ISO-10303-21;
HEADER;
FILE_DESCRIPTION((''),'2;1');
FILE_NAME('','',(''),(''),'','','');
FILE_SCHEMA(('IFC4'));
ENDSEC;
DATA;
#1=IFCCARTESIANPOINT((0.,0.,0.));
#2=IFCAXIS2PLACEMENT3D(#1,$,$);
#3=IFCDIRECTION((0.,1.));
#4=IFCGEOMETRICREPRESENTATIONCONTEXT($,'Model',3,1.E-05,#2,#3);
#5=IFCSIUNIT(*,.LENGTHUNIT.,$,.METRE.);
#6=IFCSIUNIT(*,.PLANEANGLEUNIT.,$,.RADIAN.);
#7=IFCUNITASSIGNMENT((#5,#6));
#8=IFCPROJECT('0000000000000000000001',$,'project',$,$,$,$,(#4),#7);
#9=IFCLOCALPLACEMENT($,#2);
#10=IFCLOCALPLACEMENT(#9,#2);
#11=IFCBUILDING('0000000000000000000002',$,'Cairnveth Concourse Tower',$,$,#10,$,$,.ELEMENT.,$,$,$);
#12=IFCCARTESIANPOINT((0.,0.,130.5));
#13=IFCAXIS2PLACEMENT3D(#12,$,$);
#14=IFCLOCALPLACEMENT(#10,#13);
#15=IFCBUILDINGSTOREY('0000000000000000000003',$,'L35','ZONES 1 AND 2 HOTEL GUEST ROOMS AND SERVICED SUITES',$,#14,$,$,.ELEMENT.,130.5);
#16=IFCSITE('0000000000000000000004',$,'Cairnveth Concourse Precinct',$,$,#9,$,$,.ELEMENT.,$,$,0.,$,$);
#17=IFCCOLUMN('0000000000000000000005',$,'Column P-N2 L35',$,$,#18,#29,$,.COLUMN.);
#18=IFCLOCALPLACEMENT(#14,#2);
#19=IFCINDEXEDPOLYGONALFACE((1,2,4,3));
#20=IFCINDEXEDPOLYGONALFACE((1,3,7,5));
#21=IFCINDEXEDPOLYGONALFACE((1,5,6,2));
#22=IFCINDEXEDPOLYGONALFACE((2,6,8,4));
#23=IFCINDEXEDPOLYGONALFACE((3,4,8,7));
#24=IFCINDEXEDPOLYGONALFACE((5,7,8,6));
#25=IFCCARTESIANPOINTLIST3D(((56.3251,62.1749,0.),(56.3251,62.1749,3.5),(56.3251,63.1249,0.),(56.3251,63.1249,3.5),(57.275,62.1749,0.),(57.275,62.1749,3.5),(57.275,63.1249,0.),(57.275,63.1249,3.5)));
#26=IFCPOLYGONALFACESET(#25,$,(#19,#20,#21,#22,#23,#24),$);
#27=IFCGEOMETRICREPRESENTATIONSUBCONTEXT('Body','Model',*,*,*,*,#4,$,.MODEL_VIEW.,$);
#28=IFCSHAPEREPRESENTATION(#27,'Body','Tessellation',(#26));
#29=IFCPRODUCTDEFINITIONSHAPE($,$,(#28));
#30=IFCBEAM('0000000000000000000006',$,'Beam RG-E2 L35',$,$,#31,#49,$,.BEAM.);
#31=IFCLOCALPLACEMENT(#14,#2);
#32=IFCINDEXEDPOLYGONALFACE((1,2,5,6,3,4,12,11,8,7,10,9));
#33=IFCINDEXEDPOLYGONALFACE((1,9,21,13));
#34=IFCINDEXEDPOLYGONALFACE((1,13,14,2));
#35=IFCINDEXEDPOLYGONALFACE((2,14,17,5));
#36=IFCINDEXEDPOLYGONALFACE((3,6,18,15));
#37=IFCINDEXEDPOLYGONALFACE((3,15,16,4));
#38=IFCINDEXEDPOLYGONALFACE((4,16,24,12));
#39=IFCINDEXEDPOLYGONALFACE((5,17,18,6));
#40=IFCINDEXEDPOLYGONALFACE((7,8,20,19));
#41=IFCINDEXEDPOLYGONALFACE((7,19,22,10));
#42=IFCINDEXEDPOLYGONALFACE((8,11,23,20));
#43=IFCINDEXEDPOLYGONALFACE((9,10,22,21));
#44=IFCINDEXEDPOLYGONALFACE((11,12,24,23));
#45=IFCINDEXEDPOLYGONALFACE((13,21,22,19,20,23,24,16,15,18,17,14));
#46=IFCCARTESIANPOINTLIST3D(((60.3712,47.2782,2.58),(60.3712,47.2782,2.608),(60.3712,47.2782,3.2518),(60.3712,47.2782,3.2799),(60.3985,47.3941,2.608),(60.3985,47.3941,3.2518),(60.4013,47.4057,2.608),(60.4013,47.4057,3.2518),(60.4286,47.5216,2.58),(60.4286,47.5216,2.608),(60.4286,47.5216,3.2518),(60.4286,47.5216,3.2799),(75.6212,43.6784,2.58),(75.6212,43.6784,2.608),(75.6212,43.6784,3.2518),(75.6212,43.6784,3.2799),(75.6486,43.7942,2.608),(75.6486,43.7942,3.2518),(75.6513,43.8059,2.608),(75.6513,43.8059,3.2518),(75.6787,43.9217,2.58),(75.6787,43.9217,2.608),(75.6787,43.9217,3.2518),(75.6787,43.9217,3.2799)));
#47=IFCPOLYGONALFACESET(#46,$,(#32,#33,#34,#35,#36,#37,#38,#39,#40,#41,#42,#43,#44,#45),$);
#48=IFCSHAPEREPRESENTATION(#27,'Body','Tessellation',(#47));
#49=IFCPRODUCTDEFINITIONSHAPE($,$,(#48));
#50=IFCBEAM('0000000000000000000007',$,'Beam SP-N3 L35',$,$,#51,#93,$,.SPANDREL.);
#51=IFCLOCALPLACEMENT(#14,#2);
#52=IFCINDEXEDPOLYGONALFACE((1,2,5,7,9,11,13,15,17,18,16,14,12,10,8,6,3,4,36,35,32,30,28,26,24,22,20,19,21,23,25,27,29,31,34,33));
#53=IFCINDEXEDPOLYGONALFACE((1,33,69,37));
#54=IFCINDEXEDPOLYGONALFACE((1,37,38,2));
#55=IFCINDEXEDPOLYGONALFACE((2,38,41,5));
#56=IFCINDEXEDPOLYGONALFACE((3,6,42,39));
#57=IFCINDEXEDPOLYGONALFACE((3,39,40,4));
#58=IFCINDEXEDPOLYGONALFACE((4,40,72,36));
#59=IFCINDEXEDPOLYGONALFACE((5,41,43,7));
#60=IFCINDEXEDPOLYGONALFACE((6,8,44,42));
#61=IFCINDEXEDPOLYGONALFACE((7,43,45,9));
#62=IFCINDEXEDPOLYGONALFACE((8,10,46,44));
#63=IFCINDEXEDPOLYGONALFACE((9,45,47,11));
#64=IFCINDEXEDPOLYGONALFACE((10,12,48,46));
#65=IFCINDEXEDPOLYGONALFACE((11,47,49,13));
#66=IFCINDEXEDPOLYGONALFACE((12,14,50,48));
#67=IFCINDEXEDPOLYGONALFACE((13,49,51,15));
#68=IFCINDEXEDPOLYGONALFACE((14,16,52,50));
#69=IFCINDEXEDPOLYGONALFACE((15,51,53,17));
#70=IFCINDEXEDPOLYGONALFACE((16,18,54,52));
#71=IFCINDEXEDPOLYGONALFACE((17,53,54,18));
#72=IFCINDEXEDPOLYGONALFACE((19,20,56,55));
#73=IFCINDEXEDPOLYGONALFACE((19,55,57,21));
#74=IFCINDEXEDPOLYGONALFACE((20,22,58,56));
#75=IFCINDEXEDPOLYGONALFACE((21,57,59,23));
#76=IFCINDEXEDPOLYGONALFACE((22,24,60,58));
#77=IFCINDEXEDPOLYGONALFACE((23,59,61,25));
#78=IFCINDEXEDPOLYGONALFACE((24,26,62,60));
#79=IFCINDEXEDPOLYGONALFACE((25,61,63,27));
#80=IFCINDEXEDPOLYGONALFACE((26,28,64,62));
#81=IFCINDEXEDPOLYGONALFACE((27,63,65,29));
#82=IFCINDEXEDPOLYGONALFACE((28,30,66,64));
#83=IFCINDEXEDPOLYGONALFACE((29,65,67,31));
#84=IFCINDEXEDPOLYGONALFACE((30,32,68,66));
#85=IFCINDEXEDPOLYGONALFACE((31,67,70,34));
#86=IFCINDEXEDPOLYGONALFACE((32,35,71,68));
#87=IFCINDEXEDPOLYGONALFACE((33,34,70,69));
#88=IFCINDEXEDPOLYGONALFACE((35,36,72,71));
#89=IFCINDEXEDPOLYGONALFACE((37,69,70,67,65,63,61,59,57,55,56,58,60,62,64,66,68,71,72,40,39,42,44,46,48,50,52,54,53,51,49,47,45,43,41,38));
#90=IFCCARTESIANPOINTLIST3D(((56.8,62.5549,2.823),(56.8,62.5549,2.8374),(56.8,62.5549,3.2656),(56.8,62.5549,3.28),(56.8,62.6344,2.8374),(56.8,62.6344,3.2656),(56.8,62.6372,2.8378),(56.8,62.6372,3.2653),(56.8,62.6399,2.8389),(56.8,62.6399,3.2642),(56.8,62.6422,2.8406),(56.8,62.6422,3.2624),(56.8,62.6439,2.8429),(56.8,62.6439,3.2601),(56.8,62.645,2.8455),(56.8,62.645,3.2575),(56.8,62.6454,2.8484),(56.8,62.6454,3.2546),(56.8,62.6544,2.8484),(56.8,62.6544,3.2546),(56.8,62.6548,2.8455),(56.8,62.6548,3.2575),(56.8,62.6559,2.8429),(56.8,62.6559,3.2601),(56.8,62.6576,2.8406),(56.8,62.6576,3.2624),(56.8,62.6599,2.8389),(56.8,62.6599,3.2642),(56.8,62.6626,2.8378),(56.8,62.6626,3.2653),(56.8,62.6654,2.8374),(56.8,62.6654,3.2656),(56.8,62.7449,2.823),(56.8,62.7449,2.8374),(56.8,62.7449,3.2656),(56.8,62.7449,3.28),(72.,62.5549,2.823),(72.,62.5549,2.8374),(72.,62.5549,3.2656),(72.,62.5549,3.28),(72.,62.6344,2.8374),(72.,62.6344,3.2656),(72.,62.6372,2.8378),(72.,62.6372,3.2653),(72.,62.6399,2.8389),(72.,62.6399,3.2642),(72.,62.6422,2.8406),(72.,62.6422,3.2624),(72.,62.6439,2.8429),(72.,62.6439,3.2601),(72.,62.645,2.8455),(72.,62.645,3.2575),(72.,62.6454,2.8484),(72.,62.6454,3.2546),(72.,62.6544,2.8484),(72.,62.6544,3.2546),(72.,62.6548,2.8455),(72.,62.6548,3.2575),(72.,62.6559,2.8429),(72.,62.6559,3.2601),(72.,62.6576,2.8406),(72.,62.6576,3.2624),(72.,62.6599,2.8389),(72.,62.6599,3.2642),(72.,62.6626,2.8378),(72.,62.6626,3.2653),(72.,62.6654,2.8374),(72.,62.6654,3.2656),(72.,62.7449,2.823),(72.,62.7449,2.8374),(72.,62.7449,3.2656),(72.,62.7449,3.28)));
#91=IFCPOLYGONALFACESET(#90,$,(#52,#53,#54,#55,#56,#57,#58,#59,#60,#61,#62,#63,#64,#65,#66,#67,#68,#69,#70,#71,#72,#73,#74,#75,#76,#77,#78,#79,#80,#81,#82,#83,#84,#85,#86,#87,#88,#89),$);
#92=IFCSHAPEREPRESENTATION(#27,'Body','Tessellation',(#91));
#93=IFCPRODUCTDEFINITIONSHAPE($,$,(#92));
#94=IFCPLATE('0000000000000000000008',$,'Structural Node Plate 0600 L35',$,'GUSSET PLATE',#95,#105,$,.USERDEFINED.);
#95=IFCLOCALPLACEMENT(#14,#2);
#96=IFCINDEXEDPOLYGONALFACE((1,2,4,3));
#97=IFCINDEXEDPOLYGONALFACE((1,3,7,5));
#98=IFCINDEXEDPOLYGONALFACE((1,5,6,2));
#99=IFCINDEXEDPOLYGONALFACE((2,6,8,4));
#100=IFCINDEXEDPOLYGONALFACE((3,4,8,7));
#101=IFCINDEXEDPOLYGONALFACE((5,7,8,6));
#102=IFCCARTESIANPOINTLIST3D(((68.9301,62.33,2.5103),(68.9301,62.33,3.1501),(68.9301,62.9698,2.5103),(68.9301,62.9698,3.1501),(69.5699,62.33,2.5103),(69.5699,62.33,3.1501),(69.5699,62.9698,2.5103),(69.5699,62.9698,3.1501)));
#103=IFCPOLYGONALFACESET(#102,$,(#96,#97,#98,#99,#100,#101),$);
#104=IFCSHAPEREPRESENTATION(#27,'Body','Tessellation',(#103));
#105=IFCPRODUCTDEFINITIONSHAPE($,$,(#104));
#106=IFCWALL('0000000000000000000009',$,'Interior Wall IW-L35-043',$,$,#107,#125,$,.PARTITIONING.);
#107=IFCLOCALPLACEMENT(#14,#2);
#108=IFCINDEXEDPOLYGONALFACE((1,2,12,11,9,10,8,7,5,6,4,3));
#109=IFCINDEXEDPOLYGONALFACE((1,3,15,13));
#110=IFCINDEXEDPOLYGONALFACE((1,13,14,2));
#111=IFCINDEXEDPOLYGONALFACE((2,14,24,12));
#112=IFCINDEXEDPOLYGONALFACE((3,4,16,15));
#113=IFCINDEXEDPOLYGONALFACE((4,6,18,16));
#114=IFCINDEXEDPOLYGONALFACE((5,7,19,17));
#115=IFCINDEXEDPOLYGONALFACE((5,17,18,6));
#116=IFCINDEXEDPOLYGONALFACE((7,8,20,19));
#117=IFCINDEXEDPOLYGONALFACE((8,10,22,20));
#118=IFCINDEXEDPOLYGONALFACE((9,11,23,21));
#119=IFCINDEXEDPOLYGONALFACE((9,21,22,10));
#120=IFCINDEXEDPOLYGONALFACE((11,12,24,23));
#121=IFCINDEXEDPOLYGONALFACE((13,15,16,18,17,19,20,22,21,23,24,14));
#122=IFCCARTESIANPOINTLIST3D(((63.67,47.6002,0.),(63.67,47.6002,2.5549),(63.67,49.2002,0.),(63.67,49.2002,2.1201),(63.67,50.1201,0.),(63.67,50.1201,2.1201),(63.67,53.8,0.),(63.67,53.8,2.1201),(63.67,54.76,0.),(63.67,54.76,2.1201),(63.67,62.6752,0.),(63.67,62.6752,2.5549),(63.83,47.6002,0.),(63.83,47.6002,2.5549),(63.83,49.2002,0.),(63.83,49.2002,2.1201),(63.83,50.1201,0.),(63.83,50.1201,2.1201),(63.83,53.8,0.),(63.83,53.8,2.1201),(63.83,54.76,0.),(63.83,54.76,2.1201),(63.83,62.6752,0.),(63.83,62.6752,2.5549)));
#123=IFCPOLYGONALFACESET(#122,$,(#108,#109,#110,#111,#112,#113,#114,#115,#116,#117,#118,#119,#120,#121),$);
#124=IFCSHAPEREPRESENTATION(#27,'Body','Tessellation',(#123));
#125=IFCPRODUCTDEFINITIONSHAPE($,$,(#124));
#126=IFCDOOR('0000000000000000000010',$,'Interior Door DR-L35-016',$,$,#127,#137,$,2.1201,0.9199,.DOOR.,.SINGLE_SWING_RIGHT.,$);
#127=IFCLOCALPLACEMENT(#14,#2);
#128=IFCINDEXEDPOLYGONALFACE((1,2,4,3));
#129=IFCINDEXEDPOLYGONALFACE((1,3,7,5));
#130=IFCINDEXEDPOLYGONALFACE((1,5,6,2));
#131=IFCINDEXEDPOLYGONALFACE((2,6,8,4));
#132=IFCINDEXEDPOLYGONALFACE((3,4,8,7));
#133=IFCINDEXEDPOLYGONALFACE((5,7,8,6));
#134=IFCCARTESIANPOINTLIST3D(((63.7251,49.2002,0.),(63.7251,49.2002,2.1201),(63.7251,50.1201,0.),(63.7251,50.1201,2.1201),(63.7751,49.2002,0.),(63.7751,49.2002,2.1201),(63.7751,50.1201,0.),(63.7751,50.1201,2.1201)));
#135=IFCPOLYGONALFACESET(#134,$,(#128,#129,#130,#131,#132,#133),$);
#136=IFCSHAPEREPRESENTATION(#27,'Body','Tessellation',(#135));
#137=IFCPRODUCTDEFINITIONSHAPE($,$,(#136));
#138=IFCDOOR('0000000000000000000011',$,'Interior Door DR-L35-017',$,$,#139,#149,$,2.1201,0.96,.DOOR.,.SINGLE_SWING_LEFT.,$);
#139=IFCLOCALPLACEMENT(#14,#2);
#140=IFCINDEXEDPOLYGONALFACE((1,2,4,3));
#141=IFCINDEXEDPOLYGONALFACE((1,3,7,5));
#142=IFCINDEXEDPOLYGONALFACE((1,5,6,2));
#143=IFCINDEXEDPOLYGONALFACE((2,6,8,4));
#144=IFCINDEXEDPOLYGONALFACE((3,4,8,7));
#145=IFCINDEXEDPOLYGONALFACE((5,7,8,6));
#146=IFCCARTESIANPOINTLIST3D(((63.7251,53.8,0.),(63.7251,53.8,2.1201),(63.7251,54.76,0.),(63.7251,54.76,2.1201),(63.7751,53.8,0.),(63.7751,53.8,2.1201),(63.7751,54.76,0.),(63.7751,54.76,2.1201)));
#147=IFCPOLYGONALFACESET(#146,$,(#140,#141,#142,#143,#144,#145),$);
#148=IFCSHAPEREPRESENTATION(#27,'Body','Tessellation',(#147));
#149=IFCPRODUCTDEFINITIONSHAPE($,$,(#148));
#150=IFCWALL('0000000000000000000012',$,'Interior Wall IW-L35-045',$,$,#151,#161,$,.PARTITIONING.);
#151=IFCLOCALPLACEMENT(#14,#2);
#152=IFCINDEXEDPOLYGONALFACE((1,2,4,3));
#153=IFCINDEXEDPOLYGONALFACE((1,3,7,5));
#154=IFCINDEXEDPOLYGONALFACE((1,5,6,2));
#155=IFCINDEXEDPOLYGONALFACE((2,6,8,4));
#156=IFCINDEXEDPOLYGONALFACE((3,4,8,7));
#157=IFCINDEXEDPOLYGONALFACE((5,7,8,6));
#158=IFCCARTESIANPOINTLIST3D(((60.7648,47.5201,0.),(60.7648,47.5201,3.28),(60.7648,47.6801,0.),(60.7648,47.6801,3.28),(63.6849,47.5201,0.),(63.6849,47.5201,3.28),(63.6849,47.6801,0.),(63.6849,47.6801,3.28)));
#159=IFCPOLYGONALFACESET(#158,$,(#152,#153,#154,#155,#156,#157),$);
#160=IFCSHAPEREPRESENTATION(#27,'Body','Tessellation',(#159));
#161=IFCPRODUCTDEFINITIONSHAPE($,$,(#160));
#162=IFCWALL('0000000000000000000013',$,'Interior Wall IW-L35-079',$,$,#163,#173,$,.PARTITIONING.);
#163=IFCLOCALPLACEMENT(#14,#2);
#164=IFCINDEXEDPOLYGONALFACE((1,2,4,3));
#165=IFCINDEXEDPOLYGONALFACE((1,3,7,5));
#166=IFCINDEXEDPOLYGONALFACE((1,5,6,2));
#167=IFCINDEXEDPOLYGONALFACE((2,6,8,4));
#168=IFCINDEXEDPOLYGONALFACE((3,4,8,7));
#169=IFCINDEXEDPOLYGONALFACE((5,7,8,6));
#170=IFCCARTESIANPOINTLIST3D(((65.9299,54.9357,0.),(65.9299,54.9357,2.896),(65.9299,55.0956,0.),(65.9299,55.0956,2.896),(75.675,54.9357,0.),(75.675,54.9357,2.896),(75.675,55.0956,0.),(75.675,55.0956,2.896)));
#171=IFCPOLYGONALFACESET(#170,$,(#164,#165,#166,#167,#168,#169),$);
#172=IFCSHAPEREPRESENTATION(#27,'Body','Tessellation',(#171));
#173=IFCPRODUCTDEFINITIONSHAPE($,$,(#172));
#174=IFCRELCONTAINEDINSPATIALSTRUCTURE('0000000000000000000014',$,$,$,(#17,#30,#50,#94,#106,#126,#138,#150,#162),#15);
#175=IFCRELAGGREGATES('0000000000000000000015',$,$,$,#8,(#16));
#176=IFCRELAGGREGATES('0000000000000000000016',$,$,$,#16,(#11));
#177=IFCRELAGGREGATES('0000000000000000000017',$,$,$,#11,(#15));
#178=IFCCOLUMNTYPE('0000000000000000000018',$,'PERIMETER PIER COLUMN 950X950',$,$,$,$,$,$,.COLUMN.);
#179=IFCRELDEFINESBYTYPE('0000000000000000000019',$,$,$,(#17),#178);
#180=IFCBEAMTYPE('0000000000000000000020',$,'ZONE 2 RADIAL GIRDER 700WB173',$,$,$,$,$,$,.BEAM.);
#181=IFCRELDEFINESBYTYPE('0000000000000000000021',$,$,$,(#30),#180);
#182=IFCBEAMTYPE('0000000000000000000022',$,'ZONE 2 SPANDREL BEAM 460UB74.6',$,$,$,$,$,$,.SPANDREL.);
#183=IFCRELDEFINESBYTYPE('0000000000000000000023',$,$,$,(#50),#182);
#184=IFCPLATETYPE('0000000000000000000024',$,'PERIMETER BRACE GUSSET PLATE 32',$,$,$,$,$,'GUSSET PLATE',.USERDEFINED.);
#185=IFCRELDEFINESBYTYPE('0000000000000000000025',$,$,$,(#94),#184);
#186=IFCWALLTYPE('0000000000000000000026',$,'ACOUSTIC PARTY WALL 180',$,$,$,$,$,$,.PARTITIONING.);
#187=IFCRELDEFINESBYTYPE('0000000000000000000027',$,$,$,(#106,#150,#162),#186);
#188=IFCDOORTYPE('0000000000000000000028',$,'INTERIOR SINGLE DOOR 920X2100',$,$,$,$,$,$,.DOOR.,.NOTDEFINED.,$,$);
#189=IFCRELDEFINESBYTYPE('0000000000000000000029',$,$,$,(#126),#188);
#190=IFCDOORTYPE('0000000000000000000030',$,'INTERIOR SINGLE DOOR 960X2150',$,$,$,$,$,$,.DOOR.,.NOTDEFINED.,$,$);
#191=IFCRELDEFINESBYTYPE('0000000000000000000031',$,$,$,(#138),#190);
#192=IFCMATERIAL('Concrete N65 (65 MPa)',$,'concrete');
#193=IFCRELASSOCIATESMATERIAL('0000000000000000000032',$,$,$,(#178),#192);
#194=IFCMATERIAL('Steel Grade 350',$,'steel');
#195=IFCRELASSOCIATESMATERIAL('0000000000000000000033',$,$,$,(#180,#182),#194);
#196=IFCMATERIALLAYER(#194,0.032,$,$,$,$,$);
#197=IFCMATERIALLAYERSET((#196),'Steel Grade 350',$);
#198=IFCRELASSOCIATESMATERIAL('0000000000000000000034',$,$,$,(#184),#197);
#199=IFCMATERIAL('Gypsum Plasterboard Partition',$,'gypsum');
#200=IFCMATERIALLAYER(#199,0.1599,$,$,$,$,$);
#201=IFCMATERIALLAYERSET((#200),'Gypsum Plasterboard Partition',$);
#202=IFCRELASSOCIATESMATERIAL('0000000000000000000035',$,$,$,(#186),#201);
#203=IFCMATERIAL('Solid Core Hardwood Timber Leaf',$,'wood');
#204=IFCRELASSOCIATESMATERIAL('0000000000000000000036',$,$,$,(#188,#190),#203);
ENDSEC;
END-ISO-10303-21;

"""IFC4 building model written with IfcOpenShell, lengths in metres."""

from ifc_helpers import new_model, si_unit, direction, frame, frame_2d, origin, origin_2d, place, context, subcontext, project, spatial, rectangle, i_section, extrude, material, layer, layer_set, material_profile, profile_set, type_object, element, fill, save


model = new_model("IFC4")

# Units and contexts
model_context = context("Model", 3, precision=1e-05, world=origin(), true_north=direction((0.0, 1.0)))
body_context = subcontext(model_context, "Body", "Model", "MODEL_VIEW")
ifc_project = project(units=[si_unit("LENGTHUNIT", "METRE"), si_unit("PLANEANGLEUNIT", "RADIAN")], contexts=[model_context])

# Site, building, storey
site_placement = place(None, origin())
site = spatial("IfcSite", under=ifc_project, at=site_placement, Name="Cairnveth Concourse Precinct", CompositionType="ELEMENT", RefElevation=0.0)
building_placement = place(site_placement, origin())
building = spatial("IfcBuilding", under=site, at=building_placement, Name="Cairnveth Concourse Tower", CompositionType="ELEMENT")
storey_placement = place(building_placement, frame((0.0, 0.0, 130.5)))
storey = spatial("IfcBuildingStorey", under=building, at=storey_placement, Name="L35", Description="ZONES 1 AND 2 HOTEL GUEST ROOMS AND SERVICED SUITES", CompositionType="ELEMENT", Elevation=130.5)

# Column
ifc_material_1 = material(Name="Concrete N65 (65 MPa)", Category="concrete")
ifc_material_profile_1 = material_profile(ifc_material_1, rectangle(XDim=0.95, YDim=0.95, at=origin_2d()), Name="RC-COL-950x950")
ifc_profile_set_1 = profile_set([ifc_material_profile_1], Name="Concrete N65 (65 MPa)")
column_type = type_object("IfcColumnType", Name="PERIMETER PIER COLUMN 950X950", PredefinedType="COLUMN", material=ifc_profile_set_1)
column_placement = place(storey_placement, frame((56.8, 62.6499, 0.0), z_axis=(0.0, 0.0, 1.0), x_axis=(1.0, 0.0, 0.0)))
element("IfcColumn", 1, at=column_placement, inside=storey, type_object=column_type, Name="Column P-N2 L35", PredefinedType="COLUMN", context=body_context, shape_type="SweptSolid", body=[
    extrude(rectangle(XDim=0.95, YDim=0.95, at=origin_2d()), origin(), (0.0, 0.0, 1.0), 3.5),
])

# Beams
ifc_material_2 = material(Name="Steel Grade 350", Category="steel")
ifc_material_profile_2 = material_profile(ifc_material_2, i_section(OverallWidth=0.25, OverallDepth=0.7, WebThickness=0.012, FlangeThickness=0.0281, at=origin_2d()), Name="700WB173")
ifc_profile_set_2 = profile_set([ifc_material_profile_2], Name="Steel Grade 350")
beam_type_1 = type_object("IfcBeamType", Name="ZONE 2 RADIAL GIRDER 700WB173", PredefinedType="BEAM", material=ifc_profile_set_2)
beam_1_placement = place(storey_placement, frame((60.3999, 47.3999, 2.9299), z_axis=(0.973252, -0.229742, 0.0), x_axis=(0.229742, 0.973252, 0.0)))
element("IfcBeam", 2, at=beam_1_placement, inside=storey, type_object=beam_type_1, Name="Beam RG-E2 L35", PredefinedType="BEAM", context=body_context, shape_type="SweptSolid", body=[
    extrude(i_section(OverallWidth=0.25, OverallDepth=0.7, WebThickness=0.012, FlangeThickness=0.0281, at=origin_2d()), origin(), (0.0, 0.0, 1.0), 15.6692),
])
ifc_material_profile_3 = material_profile(ifc_material_2, i_section(OverallWidth=0.1899, OverallDepth=0.457, WebThickness=0.009, FlangeThickness=0.0144, FilletRadius=0.011, at=origin_2d()), Name="460UB74.6")
ifc_profile_set_3 = profile_set([ifc_material_profile_3], Name="Steel Grade 350")
beam_type_2 = type_object("IfcBeamType", Name="ZONE 2 SPANDREL BEAM 460UB74.6", PredefinedType="SPANDREL", material=ifc_profile_set_3)
beam_2_placement = place(storey_placement, frame((56.8, 62.6499, 3.0515), z_axis=(1.0, 0.0, 0.0), x_axis=(0.0, 1.0, 0.0)))
element("IfcBeam", 3, at=beam_2_placement, inside=storey, type_object=beam_type_2, Name="Beam SP-N3 L35", PredefinedType="SPANDREL", context=body_context, shape_type="SweptSolid", body=[
    extrude(i_section(OverallWidth=0.1899, OverallDepth=0.457, WebThickness=0.009, FlangeThickness=0.0144, FilletRadius=0.011, at=origin_2d()), origin(), (0.0, 0.0, 1.0), 15.2),
])

# Plate
ifc_layer_1 = layer(ifc_material_2, 0.032)
ifc_layer_set_1 = layer_set([ifc_layer_1], Name="Steel Grade 350")
plate_type = type_object("IfcPlateType", Name="PERIMETER BRACE GUSSET PLATE 32", ElementType="GUSSET PLATE", PredefinedType="USERDEFINED", material=ifc_layer_set_1)
plate_placement = place(storey_placement, frame((69.25, 62.6499, 2.5103), z_axis=(0.0, 0.0, 1.0), x_axis=(1.0, 0.0, 0.0)))
element("IfcPlate", 4, at=plate_placement, inside=storey, type_object=plate_type, Name="Structural Node Plate 0600 L35", ObjectType="GUSSET PLATE", PredefinedType="USERDEFINED", context=body_context, shape_type="SweptSolid", body=[
    extrude(rectangle(XDim=0.6399, YDim=0.6399, at=origin_2d()), origin(), (0.0, 0.0, 1.0), 0.6399),
])

# Wall, openings, doors
ifc_material_3 = material(Name="Gypsum Plasterboard Partition", Category="gypsum")
ifc_layer_2 = layer(ifc_material_3, 0.1599)
ifc_layer_set_2 = layer_set([ifc_layer_2], Name="Gypsum Plasterboard Partition")
wall_type_1 = type_object("IfcWallType", Name="ACOUSTIC PARTY WALL 180", PredefinedType="PARTITIONING", material=ifc_layer_set_2)
wall_1_placement = place(storey_placement, frame((63.75, 47.6001, 0.0), z_axis=(0.0, 0.0, 1.0), x_axis=(0.0, 1.0, 0.0)))
wall_1 = element("IfcWall", 5, at=wall_1_placement, inside=storey, type_object=wall_type_1, Name="Interior Wall IW-L35-043", PredefinedType="PARTITIONING", context=body_context, shape_type="SweptSolid", body=[
    extrude(rectangle(XDim=15.075, YDim=0.1599, at=frame_2d((7.5376, 0.0))), origin(), (0.0, 0.0, 1.0), 2.5549),
])
opening_1_placement = place(wall_1_placement, frame((1.6001, 0.0, 0.0)))
opening_1 = element("IfcOpeningElement", 6, at=opening_1_placement, cuts=wall_1, PredefinedType="OPENING", context=body_context, shape_type="SweptSolid", body=[
    extrude(rectangle(XDim=0.9199, YDim=2.1201, at=frame_2d((0.46, 1.0601))), frame((0.0, 0.0898, 0.0), z_axis=(0.0, -1.0, 0.0), x_axis=(1.0, 0.0, 0.0)), (0.0, 0.0, 1.0), 0.1799),
])
opening_2_placement = place(wall_1_placement, frame((6.2, 0.0, 0.0)))
opening_2 = element("IfcOpeningElement", 7, at=opening_2_placement, cuts=wall_1, PredefinedType="OPENING", context=body_context, shape_type="SweptSolid", body=[
    extrude(rectangle(XDim=0.96, YDim=2.1201, at=frame_2d((0.48, 1.0601))), frame((0.0, 0.0898, 0.0), z_axis=(0.0, -1.0, 0.0), x_axis=(1.0, 0.0, 0.0)), (0.0, 0.0, 1.0), 0.1799),
])
ifc_material_4 = material(Name="Solid Core Hardwood Timber Leaf", Category="wood")
door_type_1 = type_object("IfcDoorType", Name="INTERIOR SINGLE DOOR 920X2100", OperationType="NOTDEFINED", PredefinedType="DOOR", material=ifc_material_4)
door_1_placement = place(opening_1_placement, origin())
door_1 = element("IfcDoor", 8, at=door_1_placement, inside=storey, type_object=door_type_1, Name="Interior Door DR-L35-016", OperationType="SINGLE_SWING_RIGHT", OverallHeight=2.1201, OverallWidth=0.9199, PredefinedType="DOOR", context=body_context, shape_type="SweptSolid", body=[
    extrude(rectangle(XDim=0.9199, YDim=2.1201, at=frame_2d((0.46, 1.0601))), frame((0.0, 0.0249, 0.0), z_axis=(0.0, -1.0, 0.0), x_axis=(1.0, 0.0, 0.0)), (0.0, 0.0, 1.0), 0.05),
])
fill(opening_1, door_1)
door_type_2 = type_object("IfcDoorType", Name="INTERIOR SINGLE DOOR 960X2150", OperationType="NOTDEFINED", PredefinedType="DOOR", material=ifc_material_4)
door_2_placement = place(opening_2_placement, origin())
door_2 = element("IfcDoor", 9, at=door_2_placement, inside=storey, type_object=door_type_2, Name="Interior Door DR-L35-017", OperationType="SINGLE_SWING_LEFT", OverallHeight=2.1201, OverallWidth=0.96, PredefinedType="DOOR", context=body_context, shape_type="SweptSolid", body=[
    extrude(rectangle(XDim=0.96, YDim=2.1201, at=frame_2d((0.48, 1.0601))), frame((0.0, 0.0249, 0.0), z_axis=(0.0, -1.0, 0.0), x_axis=(1.0, 0.0, 0.0)), (0.0, 0.0, 1.0), 0.05),
])
fill(opening_2, door_2)

# Walls
wall_2_placement = place(storey_placement, frame((60.7649, 47.6001, 0.0), z_axis=(0.0, 0.0, 1.0), x_axis=(1.0, 0.0, 0.0)))
element("IfcWall", 10, at=wall_2_placement, inside=storey, type_object=wall_type_1, Name="Interior Wall IW-L35-045", PredefinedType="PARTITIONING", context=body_context, shape_type="SweptSolid", body=[
    extrude(rectangle(XDim=2.9202, YDim=0.1599, at=frame_2d((1.46, 0.0))), origin(), (0.0, 0.0, 1.0), 3.28),
])
wall_3_placement = place(storey_placement, frame((65.9299, 55.0156, 0.0), z_axis=(0.0, 0.0, 1.0), x_axis=(1.0, 0.0, 0.0)))
element("IfcWall", 11, at=wall_3_placement, inside=storey, type_object=wall_type_1, Name="Interior Wall IW-L35-079", PredefinedType="PARTITIONING", context=body_context, shape_type="SweptSolid", body=[
    extrude(rectangle(XDim=9.7451, YDim=0.1599, at=frame_2d((4.8726, 0.0))), origin(), (0.0, 0.0, 1.0), 2.896),
])

save(model, "model.ifc")
